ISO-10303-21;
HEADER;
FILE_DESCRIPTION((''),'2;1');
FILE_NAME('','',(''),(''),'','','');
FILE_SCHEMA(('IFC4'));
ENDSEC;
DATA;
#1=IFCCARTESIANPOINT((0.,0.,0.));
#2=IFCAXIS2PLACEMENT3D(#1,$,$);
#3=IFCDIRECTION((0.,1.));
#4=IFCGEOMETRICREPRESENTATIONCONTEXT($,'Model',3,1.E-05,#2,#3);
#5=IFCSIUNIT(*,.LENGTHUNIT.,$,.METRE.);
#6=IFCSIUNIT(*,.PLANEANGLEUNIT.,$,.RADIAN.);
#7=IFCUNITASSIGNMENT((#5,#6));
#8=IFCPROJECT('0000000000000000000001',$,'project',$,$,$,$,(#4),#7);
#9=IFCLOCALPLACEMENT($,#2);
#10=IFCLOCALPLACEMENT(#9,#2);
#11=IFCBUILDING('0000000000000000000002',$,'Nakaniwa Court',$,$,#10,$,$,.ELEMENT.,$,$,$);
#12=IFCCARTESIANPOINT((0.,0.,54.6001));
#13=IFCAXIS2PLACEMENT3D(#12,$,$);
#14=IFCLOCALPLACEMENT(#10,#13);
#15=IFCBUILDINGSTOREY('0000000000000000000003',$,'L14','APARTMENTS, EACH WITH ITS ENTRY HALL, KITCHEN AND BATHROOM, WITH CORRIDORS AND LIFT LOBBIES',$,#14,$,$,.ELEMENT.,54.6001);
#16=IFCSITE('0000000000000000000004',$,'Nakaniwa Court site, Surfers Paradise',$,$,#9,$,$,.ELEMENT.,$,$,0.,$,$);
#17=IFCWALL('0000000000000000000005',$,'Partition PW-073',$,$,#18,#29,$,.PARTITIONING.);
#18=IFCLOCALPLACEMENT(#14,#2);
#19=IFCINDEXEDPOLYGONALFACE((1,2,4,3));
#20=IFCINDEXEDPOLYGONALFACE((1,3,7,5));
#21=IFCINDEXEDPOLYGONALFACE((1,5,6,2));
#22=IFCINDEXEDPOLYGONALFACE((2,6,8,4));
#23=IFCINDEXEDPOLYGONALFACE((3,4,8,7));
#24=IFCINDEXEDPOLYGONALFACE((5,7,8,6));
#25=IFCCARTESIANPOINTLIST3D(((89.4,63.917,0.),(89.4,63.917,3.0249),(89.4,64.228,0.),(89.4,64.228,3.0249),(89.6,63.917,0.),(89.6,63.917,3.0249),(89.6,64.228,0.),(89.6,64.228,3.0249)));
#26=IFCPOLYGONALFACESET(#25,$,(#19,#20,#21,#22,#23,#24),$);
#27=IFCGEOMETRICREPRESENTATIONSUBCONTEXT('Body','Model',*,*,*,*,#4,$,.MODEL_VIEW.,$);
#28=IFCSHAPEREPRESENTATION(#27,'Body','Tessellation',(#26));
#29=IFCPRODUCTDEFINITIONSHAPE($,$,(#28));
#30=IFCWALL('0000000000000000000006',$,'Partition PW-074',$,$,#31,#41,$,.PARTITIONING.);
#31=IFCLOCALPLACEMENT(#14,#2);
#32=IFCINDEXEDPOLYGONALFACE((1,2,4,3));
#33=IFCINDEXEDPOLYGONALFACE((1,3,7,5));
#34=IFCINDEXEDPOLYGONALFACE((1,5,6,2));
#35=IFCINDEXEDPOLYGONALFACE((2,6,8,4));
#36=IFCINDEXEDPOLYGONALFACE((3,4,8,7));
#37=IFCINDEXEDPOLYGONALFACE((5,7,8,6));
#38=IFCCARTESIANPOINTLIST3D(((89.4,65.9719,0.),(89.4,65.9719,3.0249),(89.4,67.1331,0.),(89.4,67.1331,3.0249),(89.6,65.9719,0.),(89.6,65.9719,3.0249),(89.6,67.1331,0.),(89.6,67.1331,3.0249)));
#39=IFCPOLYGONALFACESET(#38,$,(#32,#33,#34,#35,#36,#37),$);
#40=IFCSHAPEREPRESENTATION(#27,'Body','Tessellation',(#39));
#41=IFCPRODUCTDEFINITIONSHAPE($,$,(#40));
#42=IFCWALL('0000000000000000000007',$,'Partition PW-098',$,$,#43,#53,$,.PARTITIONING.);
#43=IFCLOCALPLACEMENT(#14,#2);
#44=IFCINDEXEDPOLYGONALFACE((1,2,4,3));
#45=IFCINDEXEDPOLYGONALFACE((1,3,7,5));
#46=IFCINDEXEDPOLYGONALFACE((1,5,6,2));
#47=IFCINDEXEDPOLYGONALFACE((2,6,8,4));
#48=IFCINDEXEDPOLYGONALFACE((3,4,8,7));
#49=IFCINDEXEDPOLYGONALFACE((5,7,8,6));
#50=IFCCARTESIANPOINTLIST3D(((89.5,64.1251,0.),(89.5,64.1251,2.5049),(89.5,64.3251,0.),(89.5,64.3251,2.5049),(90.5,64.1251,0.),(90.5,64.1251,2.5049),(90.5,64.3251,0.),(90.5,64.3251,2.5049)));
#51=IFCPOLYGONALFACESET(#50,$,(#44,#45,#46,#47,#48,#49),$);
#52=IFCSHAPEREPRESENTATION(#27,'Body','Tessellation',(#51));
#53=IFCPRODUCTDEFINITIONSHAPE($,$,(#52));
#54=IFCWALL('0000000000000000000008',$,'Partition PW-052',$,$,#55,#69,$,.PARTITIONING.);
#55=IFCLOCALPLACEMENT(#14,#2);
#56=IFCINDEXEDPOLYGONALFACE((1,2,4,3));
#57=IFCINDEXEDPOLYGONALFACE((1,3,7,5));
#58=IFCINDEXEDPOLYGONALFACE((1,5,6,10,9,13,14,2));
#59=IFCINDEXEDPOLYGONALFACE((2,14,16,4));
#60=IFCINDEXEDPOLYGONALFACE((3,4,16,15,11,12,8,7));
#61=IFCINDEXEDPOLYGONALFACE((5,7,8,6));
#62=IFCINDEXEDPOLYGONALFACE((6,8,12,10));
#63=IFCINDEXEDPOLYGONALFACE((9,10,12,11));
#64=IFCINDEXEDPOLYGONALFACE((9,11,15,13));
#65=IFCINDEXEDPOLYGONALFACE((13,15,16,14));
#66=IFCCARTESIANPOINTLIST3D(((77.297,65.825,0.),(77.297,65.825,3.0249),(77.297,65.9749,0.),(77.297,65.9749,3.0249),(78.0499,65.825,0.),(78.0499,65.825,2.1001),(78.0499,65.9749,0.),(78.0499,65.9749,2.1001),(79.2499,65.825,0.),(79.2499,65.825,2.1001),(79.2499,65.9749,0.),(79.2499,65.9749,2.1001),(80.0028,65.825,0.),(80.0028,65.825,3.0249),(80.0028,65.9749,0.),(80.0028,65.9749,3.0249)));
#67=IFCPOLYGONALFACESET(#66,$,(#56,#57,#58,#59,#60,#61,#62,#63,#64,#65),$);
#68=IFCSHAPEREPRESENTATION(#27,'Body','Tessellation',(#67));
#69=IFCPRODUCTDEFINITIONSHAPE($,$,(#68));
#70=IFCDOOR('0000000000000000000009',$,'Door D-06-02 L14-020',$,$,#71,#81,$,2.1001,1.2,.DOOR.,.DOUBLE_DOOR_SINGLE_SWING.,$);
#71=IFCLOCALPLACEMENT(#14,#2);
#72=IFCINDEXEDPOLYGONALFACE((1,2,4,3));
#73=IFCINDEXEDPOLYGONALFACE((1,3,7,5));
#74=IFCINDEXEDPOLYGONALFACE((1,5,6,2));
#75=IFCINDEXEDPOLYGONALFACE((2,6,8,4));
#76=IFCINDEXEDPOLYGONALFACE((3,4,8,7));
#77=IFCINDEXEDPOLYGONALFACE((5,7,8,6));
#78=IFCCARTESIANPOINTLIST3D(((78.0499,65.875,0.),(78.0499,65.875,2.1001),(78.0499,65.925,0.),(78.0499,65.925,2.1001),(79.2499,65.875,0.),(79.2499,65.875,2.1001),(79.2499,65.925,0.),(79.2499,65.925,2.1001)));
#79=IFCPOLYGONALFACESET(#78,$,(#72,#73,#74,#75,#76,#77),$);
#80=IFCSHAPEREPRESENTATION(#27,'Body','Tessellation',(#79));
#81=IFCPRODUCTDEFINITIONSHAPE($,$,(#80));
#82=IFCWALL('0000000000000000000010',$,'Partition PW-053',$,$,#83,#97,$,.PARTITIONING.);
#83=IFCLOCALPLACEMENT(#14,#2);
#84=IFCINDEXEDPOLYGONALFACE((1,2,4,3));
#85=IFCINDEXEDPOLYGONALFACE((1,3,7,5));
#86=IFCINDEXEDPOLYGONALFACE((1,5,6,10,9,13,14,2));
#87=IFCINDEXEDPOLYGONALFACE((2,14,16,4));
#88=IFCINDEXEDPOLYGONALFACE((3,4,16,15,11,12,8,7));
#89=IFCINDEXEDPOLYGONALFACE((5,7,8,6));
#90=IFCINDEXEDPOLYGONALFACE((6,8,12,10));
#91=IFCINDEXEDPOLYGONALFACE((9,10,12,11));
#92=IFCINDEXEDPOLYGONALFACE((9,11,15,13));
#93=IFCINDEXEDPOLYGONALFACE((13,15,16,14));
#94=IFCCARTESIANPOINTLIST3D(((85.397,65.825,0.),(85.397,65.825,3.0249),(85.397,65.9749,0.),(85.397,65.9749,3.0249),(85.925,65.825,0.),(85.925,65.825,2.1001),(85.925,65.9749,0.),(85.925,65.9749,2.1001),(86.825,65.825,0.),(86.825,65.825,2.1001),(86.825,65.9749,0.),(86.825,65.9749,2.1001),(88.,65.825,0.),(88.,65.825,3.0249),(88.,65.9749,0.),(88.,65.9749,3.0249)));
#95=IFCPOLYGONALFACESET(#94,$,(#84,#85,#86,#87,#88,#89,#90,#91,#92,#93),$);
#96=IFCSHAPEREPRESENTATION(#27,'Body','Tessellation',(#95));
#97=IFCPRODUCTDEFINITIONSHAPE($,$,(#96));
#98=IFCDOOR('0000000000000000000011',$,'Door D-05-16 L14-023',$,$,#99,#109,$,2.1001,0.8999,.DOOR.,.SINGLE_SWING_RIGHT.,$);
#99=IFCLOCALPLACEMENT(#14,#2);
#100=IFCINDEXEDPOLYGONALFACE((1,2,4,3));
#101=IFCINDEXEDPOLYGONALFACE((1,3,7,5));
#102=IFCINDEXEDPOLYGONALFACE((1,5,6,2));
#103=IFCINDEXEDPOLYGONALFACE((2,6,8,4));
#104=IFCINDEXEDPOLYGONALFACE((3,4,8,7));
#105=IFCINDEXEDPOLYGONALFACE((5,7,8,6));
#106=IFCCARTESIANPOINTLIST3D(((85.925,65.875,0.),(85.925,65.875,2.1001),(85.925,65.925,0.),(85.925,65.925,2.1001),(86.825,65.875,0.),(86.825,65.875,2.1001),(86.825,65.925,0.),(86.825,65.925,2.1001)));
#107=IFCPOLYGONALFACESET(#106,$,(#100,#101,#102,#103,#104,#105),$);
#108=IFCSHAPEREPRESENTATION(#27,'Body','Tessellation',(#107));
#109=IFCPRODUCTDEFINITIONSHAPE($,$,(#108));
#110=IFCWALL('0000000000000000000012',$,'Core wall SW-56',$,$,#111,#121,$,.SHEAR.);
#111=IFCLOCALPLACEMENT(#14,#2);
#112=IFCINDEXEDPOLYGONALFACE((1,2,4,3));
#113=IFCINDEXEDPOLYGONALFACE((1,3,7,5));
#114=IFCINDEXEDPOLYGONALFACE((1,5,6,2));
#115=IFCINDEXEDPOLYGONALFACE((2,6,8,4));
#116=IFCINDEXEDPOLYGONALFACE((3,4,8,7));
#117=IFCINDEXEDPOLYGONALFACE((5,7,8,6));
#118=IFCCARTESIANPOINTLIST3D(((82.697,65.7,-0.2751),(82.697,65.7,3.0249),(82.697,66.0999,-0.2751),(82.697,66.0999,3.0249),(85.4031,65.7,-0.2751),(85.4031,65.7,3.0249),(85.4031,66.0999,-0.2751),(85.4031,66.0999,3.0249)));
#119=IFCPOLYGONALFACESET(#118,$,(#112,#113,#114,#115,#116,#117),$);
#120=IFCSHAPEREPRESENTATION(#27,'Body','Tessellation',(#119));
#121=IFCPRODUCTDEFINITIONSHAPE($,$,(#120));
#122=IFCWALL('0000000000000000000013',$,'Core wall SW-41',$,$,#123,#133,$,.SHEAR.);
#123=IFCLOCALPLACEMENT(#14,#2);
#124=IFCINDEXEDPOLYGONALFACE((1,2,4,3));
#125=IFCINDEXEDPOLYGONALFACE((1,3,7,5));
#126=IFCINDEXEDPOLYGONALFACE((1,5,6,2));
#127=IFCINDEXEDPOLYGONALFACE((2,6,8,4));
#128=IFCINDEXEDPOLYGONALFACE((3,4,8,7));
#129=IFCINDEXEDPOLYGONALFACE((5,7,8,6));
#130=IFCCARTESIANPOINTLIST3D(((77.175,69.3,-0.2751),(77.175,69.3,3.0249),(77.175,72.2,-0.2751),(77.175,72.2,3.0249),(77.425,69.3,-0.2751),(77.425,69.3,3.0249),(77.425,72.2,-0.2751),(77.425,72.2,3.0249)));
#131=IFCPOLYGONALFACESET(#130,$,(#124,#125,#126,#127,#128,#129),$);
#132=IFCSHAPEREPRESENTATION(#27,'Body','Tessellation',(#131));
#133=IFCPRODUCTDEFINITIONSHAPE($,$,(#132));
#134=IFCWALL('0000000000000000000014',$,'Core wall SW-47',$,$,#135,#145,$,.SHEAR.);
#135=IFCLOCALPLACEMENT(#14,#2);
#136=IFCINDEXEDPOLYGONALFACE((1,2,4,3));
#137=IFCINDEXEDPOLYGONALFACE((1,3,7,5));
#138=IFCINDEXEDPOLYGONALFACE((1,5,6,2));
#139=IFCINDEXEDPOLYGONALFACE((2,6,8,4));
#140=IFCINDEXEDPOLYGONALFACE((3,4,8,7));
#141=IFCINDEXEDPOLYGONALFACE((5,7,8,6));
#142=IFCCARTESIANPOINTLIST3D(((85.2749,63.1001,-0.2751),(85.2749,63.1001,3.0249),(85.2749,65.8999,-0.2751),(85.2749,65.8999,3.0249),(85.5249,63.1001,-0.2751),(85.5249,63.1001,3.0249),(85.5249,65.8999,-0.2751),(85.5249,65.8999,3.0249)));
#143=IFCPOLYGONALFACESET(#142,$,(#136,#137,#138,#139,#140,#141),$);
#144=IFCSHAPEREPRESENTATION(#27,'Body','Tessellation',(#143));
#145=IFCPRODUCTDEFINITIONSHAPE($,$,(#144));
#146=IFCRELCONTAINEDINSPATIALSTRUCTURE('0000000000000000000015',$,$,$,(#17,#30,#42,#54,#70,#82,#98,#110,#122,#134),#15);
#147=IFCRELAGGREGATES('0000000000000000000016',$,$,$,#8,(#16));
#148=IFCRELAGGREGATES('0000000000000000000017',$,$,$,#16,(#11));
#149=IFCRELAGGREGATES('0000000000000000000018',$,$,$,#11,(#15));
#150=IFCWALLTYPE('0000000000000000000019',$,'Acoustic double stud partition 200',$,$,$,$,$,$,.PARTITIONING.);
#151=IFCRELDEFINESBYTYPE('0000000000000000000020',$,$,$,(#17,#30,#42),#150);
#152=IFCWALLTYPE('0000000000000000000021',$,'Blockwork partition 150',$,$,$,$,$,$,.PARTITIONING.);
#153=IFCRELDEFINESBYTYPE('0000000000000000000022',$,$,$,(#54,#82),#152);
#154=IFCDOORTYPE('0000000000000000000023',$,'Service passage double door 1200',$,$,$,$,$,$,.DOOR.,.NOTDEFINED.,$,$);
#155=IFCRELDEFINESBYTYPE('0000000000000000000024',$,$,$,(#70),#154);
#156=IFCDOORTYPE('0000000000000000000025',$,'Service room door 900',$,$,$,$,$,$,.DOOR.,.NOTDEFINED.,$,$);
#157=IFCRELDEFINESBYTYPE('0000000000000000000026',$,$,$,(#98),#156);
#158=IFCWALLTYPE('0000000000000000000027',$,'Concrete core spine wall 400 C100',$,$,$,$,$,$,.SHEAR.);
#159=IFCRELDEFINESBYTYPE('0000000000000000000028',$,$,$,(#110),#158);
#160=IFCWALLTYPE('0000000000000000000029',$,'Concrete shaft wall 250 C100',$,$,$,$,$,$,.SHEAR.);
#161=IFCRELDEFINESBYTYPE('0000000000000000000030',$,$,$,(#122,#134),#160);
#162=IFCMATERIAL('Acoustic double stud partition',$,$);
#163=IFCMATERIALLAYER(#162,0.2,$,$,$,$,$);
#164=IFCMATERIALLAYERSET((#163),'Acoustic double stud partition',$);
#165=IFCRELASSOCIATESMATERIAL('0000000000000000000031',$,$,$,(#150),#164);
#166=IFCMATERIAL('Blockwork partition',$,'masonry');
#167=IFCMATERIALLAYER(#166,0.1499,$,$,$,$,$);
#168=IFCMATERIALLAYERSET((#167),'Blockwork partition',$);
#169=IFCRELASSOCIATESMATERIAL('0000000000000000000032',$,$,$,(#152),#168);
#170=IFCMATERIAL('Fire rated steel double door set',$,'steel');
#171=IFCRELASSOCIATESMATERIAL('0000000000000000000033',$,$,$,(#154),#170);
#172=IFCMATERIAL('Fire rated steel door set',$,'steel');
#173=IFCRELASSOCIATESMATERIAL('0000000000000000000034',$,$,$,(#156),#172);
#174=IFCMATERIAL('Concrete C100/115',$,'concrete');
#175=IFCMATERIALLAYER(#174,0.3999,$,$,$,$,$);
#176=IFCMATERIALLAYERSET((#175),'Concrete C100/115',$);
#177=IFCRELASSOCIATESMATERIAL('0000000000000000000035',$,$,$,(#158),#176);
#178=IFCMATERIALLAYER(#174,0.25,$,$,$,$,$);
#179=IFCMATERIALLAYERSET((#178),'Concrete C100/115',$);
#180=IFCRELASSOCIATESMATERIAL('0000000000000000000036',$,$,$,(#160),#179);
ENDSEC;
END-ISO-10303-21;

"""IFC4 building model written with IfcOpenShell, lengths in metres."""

from ifc_helpers import new_model, si_unit, direction, frame, frame_2d, origin, place, context, subcontext, project, spatial, rectangle, extrude, material, layer, layer_set, type_object, element, fill, save


model = new_model("IFC4")

# Units and contexts
model_context = context("Model", 3, precision=1e-05, world=origin(), true_north=direction((0.0, 1.0)))
body_context = subcontext(model_context, "Body", "Model", "MODEL_VIEW")
ifc_project = project(units=[si_unit("LENGTHUNIT", "METRE"), si_unit("PLANEANGLEUNIT", "RADIAN")], contexts=[model_context])

# Site, building, storey
site_placement = place(None, origin())
site = spatial("IfcSite", under=ifc_project, at=site_placement, Name="Nakaniwa Court site, Surfers Paradise", CompositionType="ELEMENT", RefElevation=0.0)
building_placement = place(site_placement, origin())
building = spatial("IfcBuilding", under=site, at=building_placement, Name="Nakaniwa Court", CompositionType="ELEMENT")
storey_placement = place(building_placement, frame((0.0, 0.0, 54.6001)))
storey = spatial("IfcBuildingStorey", under=building, at=storey_placement, Name="L14", Description="APARTMENTS, EACH WITH ITS ENTRY HALL, KITCHEN AND BATHROOM, WITH CORRIDORS AND LIFT LOBBIES", CompositionType="ELEMENT", Elevation=54.6001)

# Walls
ifc_material_1 = material(Name="Acoustic double stud partition")
ifc_layer_1 = layer(ifc_material_1, 0.2)
ifc_layer_set_1 = layer_set([ifc_layer_1], Name="Acoustic double stud partition")
wall_type_1 = type_object("IfcWallType", Name="Acoustic double stud partition 200", PredefinedType="PARTITIONING", material=ifc_layer_set_1)
wall_1_placement = place(storey_placement, frame((89.5, 63.917, 0.0), z_axis=(0.0, 0.0, 1.0), x_axis=(0.0, 1.0, 0.0)))
element("IfcWall", 1, at=wall_1_placement, inside=storey, type_object=wall_type_1, Name="Partition PW-073", PredefinedType="PARTITIONING", context=body_context, shape_type="SweptSolid", body=[
    extrude(rectangle(XDim=0.311, YDim=0.2, at=frame_2d((0.1555, 0.0))), origin(), (0.0, 0.0, 1.0), 3.0249),
])
wall_2_placement = place(storey_placement, frame((89.5, 65.9719, 0.0), z_axis=(0.0, 0.0, 1.0), x_axis=(0.0, 1.0, 0.0)))
element("IfcWall", 2, at=wall_2_placement, inside=storey, type_object=wall_type_1, Name="Partition PW-074", PredefinedType="PARTITIONING", context=body_context, shape_type="SweptSolid", body=[
    extrude(rectangle(XDim=1.1611, YDim=0.2, at=frame_2d((0.5806, 0.0))), origin(), (0.0, 0.0, 1.0), 3.0249),
])
wall_3_placement = place(storey_placement, frame((89.5, 64.2251, 0.0), z_axis=(0.0, 0.0, 1.0), x_axis=(1.0, 0.0, 0.0)))
element("IfcWall", 3, at=wall_3_placement, inside=storey, type_object=wall_type_1, Name="Partition PW-098", PredefinedType="PARTITIONING", context=body_context, shape_type="SweptSolid", body=[
    extrude(rectangle(XDim=1.0, YDim=0.2, at=frame_2d((0.5, 0.0))), origin(), (0.0, 0.0, 1.0), 2.5049),
])

# Walls, openings, doors
ifc_material_2 = material(Name="Blockwork partition", Category="masonry")
ifc_layer_2 = layer(ifc_material_2, 0.1499)
ifc_layer_set_2 = layer_set([ifc_layer_2], Name="Blockwork partition")
wall_type_2 = type_object("IfcWallType", Name="Blockwork partition 150", PredefinedType="PARTITIONING", material=ifc_layer_set_2)
wall_4_placement = place(storey_placement, frame((80.0029, 65.8999, 0.0), z_axis=(0.0, 0.0, 1.0), x_axis=(-1.0, 0.0, 0.0)))
wall_4 = element("IfcWall", 4, at=wall_4_placement, inside=storey, type_object=wall_type_2, Name="Partition PW-052", PredefinedType="PARTITIONING", context=body_context, shape_type="SweptSolid", body=[
    extrude(rectangle(XDim=2.7058, YDim=0.1499, at=frame_2d((1.353, 0.0))), origin(), (0.0, 0.0, 1.0), 3.0249),
])
opening_1_placement = place(wall_4_placement, frame((0.7529, 0.0, 0.0)))
opening_1 = element("IfcOpeningElement", 5, at=opening_1_placement, cuts=wall_4, PredefinedType="OPENING", context=body_context, shape_type="SweptSolid", body=[
    extrude(rectangle(XDim=1.2, YDim=2.1001, at=frame_2d((0.6001, 1.05))), frame((0.0, 0.085, 0.0), z_axis=(0.0, -1.0, 0.0), x_axis=(1.0, 0.0, 0.0)), (0.0, 0.0, 1.0), 0.1699),
])
ifc_material_3 = material(Name="Fire rated steel double door set", Category="steel")
door_type_1 = type_object("IfcDoorType", Name="Service passage double door 1200", OperationType="NOTDEFINED", PredefinedType="DOOR", material=ifc_material_3)
door_1_placement = place(opening_1_placement, origin())
door_1 = element("IfcDoor", 6, at=door_1_placement, inside=storey, type_object=door_type_1, Name="Door D-06-02 L14-020", OperationType="DOUBLE_DOOR_SINGLE_SWING", OverallHeight=2.1001, OverallWidth=1.2, PredefinedType="DOOR", context=body_context, shape_type="SweptSolid", body=[
    extrude(rectangle(XDim=1.2, YDim=2.1001, at=frame_2d((0.6001, 1.05))), frame((0.0, 0.0249, 0.0), z_axis=(0.0, -1.0, 0.0), x_axis=(1.0, 0.0, 0.0)), (0.0, 0.0, 1.0), 0.05),
])
fill(opening_1, door_1)
wall_5_placement = place(storey_placement, frame((88.0, 65.8999, 0.0), z_axis=(0.0, 0.0, 1.0), x_axis=(-1.0, 0.0, 0.0)))
wall_5 = element("IfcWall", 7, at=wall_5_placement, inside=storey, type_object=wall_type_2, Name="Partition PW-053", PredefinedType="PARTITIONING", context=body_context, shape_type="SweptSolid", body=[
    extrude(rectangle(XDim=2.603, YDim=0.1499, at=frame_2d((1.3015, 0.0))), origin(), (0.0, 0.0, 1.0), 3.0249),
])
opening_2_placement = place(wall_5_placement, frame((1.175, 0.0, 0.0)))
opening_2 = element("IfcOpeningElement", 8, at=opening_2_placement, cuts=wall_5, PredefinedType="OPENING", context=body_context, shape_type="SweptSolid", body=[
    extrude(rectangle(XDim=0.8999, YDim=2.1001, at=frame_2d((0.45, 1.05))), frame((0.0, 0.085, 0.0), z_axis=(0.0, -1.0, 0.0), x_axis=(1.0, 0.0, 0.0)), (0.0, 0.0, 1.0), 0.1699),
])
ifc_material_4 = material(Name="Fire rated steel door set", Category="steel")
door_type_2 = type_object("IfcDoorType", Name="Service room door 900", OperationType="NOTDEFINED", PredefinedType="DOOR", material=ifc_material_4)
door_2_placement = place(opening_2_placement, origin())
door_2 = element("IfcDoor", 9, at=door_2_placement, inside=storey, type_object=door_type_2, Name="Door D-05-16 L14-023", OperationType="SINGLE_SWING_RIGHT", OverallHeight=2.1001, OverallWidth=0.8999, PredefinedType="DOOR", context=body_context, shape_type="SweptSolid", body=[
    extrude(rectangle(XDim=0.8999, YDim=2.1001, at=frame_2d((0.45, 1.05))), frame((0.0, 0.0249, 0.0), z_axis=(0.0, -1.0, 0.0), x_axis=(1.0, 0.0, 0.0)), (0.0, 0.0, 1.0), 0.05),
])
fill(opening_2, door_2)

# Walls
ifc_material_5 = material(Name="Concrete C100/115", Category="concrete")
ifc_layer_3 = layer(ifc_material_5, 0.3999)
ifc_layer_set_3 = layer_set([ifc_layer_3], Name="Concrete C100/115")
wall_type_3 = type_object("IfcWallType", Name="Concrete core spine wall 400 C100", PredefinedType="SHEAR", material=ifc_layer_set_3)
wall_6_placement = place(storey_placement, frame((82.697, 65.8999, -0.2751), z_axis=(0.0, 0.0, 1.0), x_axis=(1.0, 0.0, 0.0)))
element("IfcWall", 10, at=wall_6_placement, inside=storey, type_object=wall_type_3, Name="Core wall SW-56", PredefinedType="SHEAR", context=body_context, shape_type="SweptSolid", body=[
    extrude(rectangle(XDim=2.7061, YDim=0.3999, at=frame_2d((1.353, 0.0))), origin(), (0.0, 0.0, 1.0), 3.3),
])
ifc_layer_4 = layer(ifc_material_5, 0.25)
ifc_layer_set_4 = layer_set([ifc_layer_4], Name="Concrete C100/115")
wall_type_4 = type_object("IfcWallType", Name="Concrete shaft wall 250 C100", PredefinedType="SHEAR", material=ifc_layer_set_4)
wall_7_placement = place(storey_placement, frame((77.3, 69.3, -0.2751), z_axis=(0.0, 0.0, 1.0), x_axis=(0.0, 1.0, 0.0)))
element("IfcWall", 11, at=wall_7_placement, inside=storey, type_object=wall_type_4, Name="Core wall SW-41", PredefinedType="SHEAR", context=body_context, shape_type="SweptSolid", body=[
    extrude(rectangle(XDim=2.8999, YDim=0.25, at=frame_2d((1.45, 0.0))), origin(), (0.0, 0.0, 1.0), 3.3),
])
wall_8_placement = place(storey_placement, frame((85.3999, 63.1001, -0.2751), z_axis=(0.0, 0.0, 1.0), x_axis=(0.0, 1.0, 0.0)))
element("IfcWall", 12, at=wall_8_placement, inside=storey, type_object=wall_type_4, Name="Core wall SW-47", PredefinedType="SHEAR", context=body_context, shape_type="SweptSolid", body=[
    extrude(rectangle(XDim=2.7998, YDim=0.25, at=frame_2d((1.3999, 0.0))), origin(), (0.0, 0.0, 1.0), 3.3),
])

save(model, "model.ifc")
